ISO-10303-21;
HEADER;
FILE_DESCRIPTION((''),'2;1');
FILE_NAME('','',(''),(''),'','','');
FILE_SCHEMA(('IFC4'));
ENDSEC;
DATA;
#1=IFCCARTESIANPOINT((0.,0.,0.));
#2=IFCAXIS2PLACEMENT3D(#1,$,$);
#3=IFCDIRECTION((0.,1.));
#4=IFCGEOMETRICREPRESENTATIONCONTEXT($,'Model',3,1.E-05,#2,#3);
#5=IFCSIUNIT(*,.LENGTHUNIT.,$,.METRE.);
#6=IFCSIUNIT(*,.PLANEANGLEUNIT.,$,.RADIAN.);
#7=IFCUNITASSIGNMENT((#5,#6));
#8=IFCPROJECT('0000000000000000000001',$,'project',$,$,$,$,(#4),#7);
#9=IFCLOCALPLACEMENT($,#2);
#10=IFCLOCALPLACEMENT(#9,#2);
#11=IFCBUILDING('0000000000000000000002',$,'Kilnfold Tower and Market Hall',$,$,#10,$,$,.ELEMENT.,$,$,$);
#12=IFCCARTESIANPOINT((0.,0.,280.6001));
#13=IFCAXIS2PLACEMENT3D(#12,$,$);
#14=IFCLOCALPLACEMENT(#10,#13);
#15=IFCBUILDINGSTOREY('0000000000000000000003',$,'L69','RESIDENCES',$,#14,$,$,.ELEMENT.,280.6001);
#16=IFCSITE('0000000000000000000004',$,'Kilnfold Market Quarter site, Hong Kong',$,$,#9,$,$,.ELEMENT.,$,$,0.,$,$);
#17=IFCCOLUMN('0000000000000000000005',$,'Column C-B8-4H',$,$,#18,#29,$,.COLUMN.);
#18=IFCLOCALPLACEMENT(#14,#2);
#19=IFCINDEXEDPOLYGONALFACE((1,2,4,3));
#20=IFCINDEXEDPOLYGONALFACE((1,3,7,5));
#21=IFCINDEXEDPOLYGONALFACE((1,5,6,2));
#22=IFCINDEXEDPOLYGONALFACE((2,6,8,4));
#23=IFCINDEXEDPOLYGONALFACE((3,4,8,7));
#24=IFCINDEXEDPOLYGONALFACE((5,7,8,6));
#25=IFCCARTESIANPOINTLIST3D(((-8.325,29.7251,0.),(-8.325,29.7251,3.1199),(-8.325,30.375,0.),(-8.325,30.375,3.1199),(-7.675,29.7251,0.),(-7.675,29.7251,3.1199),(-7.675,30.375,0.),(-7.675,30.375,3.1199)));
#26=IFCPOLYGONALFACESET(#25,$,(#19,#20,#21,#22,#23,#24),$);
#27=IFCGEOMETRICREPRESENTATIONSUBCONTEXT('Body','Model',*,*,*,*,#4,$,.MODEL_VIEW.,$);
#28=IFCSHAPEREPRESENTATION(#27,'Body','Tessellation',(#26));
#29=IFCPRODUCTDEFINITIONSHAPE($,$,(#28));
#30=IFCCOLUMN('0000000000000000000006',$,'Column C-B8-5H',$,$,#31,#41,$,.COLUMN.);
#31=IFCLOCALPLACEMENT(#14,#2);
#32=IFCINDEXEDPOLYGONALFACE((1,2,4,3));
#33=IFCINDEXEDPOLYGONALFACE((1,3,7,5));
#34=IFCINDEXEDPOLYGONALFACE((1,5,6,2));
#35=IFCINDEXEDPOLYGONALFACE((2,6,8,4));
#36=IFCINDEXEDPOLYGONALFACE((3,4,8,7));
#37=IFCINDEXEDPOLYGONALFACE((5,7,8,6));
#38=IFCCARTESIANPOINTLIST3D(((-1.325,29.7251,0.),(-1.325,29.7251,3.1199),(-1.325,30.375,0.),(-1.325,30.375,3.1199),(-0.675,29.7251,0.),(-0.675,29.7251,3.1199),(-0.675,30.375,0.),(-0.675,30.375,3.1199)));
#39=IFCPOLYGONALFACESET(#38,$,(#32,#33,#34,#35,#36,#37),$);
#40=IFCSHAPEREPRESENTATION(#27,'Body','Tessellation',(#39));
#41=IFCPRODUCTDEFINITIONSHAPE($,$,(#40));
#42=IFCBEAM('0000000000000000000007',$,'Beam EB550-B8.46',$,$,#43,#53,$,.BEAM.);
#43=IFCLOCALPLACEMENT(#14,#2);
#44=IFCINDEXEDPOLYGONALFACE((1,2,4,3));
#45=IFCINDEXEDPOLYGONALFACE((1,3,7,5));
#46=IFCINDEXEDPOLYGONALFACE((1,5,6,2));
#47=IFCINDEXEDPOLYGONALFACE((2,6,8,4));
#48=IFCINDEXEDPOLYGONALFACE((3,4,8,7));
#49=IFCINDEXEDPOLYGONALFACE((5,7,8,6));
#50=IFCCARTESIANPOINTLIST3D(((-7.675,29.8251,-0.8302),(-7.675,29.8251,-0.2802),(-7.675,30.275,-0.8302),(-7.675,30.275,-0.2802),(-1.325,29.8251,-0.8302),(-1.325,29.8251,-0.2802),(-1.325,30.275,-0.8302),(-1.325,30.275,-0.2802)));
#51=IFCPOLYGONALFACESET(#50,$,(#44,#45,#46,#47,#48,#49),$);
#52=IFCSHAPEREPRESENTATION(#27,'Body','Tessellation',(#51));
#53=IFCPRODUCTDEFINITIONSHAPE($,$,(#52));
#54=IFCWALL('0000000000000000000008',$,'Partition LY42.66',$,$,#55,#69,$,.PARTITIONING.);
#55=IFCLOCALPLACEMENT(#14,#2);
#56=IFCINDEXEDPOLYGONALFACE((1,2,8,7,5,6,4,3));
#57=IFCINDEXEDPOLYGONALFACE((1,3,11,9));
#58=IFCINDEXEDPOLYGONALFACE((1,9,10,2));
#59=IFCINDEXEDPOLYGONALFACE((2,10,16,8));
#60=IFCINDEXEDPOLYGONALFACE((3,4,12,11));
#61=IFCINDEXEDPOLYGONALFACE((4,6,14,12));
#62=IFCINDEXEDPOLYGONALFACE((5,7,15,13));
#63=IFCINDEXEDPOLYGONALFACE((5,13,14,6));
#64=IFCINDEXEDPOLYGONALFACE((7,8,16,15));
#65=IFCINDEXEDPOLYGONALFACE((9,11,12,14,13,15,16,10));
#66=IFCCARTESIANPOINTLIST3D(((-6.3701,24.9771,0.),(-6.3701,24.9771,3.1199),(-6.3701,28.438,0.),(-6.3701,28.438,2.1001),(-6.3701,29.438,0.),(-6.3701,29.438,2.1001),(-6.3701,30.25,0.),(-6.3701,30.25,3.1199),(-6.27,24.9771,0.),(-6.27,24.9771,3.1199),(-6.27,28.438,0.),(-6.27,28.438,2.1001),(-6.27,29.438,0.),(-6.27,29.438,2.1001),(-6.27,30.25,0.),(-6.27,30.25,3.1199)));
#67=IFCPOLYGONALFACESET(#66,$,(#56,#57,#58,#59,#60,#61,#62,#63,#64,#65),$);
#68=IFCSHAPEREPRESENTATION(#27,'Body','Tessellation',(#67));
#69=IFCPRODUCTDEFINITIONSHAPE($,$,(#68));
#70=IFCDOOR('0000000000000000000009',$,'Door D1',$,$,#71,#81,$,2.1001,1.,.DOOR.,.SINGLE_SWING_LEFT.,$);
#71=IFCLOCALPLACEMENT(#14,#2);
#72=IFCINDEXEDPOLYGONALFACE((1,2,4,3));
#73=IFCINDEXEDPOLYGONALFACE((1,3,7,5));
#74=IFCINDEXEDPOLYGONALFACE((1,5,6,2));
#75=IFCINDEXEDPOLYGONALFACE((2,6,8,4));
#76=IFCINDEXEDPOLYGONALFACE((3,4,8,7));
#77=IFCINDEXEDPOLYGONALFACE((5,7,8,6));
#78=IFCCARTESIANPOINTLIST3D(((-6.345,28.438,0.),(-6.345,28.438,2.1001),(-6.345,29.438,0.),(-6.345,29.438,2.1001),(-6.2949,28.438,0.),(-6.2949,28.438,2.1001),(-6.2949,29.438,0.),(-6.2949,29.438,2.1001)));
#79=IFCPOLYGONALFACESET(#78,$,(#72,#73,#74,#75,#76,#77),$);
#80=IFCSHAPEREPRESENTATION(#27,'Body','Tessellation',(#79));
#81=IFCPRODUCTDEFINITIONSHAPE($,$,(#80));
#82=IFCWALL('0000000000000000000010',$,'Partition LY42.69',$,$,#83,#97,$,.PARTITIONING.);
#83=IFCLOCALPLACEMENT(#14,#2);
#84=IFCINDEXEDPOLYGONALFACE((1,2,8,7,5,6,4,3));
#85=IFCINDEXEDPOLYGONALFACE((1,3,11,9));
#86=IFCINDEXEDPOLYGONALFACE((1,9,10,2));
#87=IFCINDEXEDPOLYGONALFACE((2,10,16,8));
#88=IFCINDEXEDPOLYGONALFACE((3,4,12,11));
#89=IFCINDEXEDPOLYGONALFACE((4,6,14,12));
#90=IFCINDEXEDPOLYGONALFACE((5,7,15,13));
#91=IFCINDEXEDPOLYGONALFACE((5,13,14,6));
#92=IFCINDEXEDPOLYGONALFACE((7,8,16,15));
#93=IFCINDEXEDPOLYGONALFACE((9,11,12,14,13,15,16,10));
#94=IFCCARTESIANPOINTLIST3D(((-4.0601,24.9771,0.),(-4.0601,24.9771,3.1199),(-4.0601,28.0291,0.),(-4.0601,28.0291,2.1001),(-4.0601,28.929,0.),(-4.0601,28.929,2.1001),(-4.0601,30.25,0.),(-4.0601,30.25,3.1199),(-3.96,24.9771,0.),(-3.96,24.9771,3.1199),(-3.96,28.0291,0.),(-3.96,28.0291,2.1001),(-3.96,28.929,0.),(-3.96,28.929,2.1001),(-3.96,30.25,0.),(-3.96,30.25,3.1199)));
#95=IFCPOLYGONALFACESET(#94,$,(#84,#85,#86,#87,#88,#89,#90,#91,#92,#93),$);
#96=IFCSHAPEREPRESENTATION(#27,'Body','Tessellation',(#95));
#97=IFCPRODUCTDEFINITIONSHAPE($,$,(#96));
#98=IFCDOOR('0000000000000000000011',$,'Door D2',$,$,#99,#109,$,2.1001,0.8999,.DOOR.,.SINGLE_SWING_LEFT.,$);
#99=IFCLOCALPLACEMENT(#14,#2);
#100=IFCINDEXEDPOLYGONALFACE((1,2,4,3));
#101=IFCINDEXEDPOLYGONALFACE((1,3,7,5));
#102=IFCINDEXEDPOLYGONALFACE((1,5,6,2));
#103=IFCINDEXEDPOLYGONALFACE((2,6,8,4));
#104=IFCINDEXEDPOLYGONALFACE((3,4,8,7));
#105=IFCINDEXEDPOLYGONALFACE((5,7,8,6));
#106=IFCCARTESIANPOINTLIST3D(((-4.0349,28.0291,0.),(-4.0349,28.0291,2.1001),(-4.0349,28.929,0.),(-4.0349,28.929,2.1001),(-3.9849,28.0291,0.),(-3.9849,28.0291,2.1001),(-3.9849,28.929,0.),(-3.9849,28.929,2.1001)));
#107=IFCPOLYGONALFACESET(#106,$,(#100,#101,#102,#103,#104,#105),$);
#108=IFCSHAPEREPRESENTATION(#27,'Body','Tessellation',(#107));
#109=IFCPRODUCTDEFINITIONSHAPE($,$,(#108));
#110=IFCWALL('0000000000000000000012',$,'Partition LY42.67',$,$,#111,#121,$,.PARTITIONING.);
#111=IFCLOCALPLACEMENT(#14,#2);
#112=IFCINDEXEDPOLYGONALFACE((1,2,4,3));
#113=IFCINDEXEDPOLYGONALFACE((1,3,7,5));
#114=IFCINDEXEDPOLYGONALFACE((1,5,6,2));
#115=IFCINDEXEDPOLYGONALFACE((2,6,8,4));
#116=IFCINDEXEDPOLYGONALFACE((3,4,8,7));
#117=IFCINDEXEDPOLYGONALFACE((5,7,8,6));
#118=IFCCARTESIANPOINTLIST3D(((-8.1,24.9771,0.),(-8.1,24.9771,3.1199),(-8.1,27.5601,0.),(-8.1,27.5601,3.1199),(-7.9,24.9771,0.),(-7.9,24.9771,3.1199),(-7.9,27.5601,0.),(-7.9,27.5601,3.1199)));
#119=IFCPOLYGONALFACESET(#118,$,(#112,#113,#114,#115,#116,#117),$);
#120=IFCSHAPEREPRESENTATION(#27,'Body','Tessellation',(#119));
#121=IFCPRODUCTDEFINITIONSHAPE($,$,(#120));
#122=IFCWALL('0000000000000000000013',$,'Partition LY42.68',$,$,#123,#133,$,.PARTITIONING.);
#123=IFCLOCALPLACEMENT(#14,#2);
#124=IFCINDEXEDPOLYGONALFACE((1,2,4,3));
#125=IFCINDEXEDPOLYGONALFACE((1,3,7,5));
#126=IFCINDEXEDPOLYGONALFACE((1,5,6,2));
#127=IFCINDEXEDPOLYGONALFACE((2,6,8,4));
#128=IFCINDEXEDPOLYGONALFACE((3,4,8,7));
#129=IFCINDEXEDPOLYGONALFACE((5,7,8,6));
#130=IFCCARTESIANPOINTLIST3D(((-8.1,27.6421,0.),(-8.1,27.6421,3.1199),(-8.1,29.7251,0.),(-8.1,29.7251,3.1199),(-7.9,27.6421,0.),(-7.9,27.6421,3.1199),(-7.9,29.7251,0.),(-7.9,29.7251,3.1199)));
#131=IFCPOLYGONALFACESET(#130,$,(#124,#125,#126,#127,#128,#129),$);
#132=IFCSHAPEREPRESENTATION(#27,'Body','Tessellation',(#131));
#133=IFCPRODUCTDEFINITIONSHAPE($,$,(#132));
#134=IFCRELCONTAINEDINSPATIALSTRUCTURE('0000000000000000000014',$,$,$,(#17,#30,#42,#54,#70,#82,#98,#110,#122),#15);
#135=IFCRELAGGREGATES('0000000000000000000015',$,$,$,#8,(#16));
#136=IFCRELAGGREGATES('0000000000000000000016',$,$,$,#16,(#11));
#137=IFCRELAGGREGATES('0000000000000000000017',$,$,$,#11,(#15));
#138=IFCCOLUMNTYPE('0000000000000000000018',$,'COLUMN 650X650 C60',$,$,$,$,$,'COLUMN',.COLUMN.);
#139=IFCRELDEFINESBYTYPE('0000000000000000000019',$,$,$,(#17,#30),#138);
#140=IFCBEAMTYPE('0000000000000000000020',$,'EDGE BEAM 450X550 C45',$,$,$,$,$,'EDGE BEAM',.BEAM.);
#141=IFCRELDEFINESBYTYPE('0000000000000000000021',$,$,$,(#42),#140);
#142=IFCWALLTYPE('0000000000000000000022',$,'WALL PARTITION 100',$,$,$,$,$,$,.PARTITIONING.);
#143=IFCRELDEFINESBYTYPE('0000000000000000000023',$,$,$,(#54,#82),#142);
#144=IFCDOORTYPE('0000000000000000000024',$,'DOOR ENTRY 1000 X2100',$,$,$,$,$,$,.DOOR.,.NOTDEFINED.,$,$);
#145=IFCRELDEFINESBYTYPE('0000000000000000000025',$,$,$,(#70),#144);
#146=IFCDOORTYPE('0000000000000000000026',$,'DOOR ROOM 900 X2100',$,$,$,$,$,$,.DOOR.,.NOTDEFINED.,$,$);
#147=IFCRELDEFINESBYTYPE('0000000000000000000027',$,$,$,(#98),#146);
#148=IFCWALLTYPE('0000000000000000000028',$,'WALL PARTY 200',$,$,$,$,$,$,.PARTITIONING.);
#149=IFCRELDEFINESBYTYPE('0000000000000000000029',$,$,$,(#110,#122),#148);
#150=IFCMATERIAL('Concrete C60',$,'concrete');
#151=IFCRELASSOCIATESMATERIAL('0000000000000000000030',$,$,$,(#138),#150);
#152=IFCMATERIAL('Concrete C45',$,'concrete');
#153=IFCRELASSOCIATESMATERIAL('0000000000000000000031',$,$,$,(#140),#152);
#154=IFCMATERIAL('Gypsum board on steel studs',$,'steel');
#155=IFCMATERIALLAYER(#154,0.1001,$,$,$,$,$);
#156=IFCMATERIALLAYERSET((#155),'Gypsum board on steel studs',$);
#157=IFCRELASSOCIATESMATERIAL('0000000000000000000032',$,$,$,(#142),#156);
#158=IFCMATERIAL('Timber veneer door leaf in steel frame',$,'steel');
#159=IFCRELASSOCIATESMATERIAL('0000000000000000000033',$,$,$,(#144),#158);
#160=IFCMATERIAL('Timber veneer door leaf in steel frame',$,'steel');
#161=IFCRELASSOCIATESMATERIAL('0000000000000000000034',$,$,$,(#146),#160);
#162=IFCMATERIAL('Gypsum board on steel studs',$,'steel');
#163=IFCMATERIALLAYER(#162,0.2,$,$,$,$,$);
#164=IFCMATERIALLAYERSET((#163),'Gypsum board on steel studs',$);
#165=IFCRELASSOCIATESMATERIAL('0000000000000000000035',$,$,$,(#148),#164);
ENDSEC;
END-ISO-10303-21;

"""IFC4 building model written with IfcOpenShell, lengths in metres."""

from ifc_helpers import new_model, si_unit, direction, frame, frame_2d, origin, origin_2d, place, context, subcontext, project, spatial, rectangle, extrude, source, transform, mapped, material, layer, layer_set, material_profile, profile_set, type_object, element, fill, save


model = new_model("IFC4")

# Units and contexts
model_context = context("Model", 3, precision=1e-05, world=origin(), true_north=direction((0.0, 1.0)))
body_context = subcontext(model_context, "Body", "Model", "MODEL_VIEW")
ifc_project = project(units=[si_unit("LENGTHUNIT", "METRE"), si_unit("PLANEANGLEUNIT", "RADIAN")], contexts=[model_context])

# Site, building, storey
site_placement = place(None, origin())
site = spatial("IfcSite", under=ifc_project, at=site_placement, Name="Kilnfold Market Quarter site, Hong Kong", CompositionType="ELEMENT", RefElevation=0.0)
building_placement = place(site_placement, origin())
building = spatial("IfcBuilding", under=site, at=building_placement, Name="Kilnfold Tower and Market Hall", CompositionType="ELEMENT")
storey_placement = place(building_placement, frame((0.0, 0.0, 280.6001)))
storey = spatial("IfcBuildingStorey", under=building, at=storey_placement, Name="L69", Description="RESIDENCES", CompositionType="ELEMENT", Elevation=280.6001)

# Columns
ifc_material_1 = material(Name="Concrete C60", Category="concrete")
ifc_material_profile_1 = material_profile(ifc_material_1, rectangle(XDim=0.6499, YDim=0.6499, at=origin_2d()), Name="RC 650x650")
ifc_profile_set_1 = profile_set([ifc_material_profile_1], Name="Concrete C60")
column_type = type_object("IfcColumnType", Name="COLUMN 650X650 C60", ElementType="COLUMN", PredefinedType="COLUMN", material=ifc_profile_set_1)
shared_shape_1 = source(origin(), body_context, "Body", "SweptSolid", [
    extrude(rectangle(XDim=0.6499, YDim=0.6499, at=origin_2d()), origin(), (0.0, 0.0, 1.0), 3.1199),
])
for number, where, z_axis, x_axis, name in (
    (1, (-8.0, 30.05, 0.0), (0.0, 0.0, 1.0), (1.0, 0.0, 0.0), "Column C-B8-4H"),
    (2, (-1.0, 30.05, 0.0), (0.0, 0.0, 1.0), (1.0, 0.0, 0.0), "Column C-B8-5H"),
):
    element("IfcColumn", number, at=place(storey_placement, frame(where, z_axis=z_axis, x_axis=x_axis)), inside=storey, type_object=column_type, Name=name, PredefinedType="COLUMN", context=body_context, shape_type="MappedRepresentation", body=[
        mapped(shared_shape_1, transform((0.0, 0.0, 0.0))),
    ])

# Beam
ifc_material_2 = material(Name="Concrete C45", Category="concrete")
ifc_material_profile_2 = material_profile(ifc_material_2, rectangle(XDim=0.45, YDim=0.55, at=origin_2d()), Name="RC 450x550")
ifc_profile_set_2 = profile_set([ifc_material_profile_2], Name="Concrete C45")
beam_type = type_object("IfcBeamType", Name="EDGE BEAM 450X550 C45", ElementType="EDGE BEAM", PredefinedType="BEAM", material=ifc_profile_set_2)
shared_shape_2 = source(origin(), body_context, "Body", "SweptSolid", [
    extrude(rectangle(XDim=0.45, YDim=0.55, at=origin_2d()), origin(), (0.0, 0.0, 1.0), 6.3501),
])
beam_placement = place(storey_placement, frame((-7.675, 30.05, -0.5552), z_axis=(1.0, 0.0, 0.0), x_axis=(0.0, 1.0, 0.0)))
element("IfcBeam", 3, at=beam_placement, inside=storey, type_object=beam_type, Name="Beam EB550-B8.46", PredefinedType="BEAM", context=body_context, shape_type="MappedRepresentation", body=[
    mapped(shared_shape_2, transform((0.0, 0.0, 0.0))),
])

# Walls, openings, doors
ifc_material_3 = material(Name="Gypsum board on steel studs", Category="steel")
ifc_layer_1 = layer(ifc_material_3, 0.1001)
ifc_layer_set_1 = layer_set([ifc_layer_1], Name="Gypsum board on steel studs")
wall_type_1 = type_object("IfcWallType", Name="WALL PARTITION 100", PredefinedType="PARTITIONING", material=ifc_layer_set_1)
wall_1_placement = place(storey_placement, frame((-6.3201, 24.9771, 0.0), z_axis=(0.0, 0.0, 1.0), x_axis=(0.0, 1.0, 0.0)))
wall_1 = element("IfcWall", 4, at=wall_1_placement, inside=storey, type_object=wall_type_1, Name="Partition LY42.66", PredefinedType="PARTITIONING", context=body_context, shape_type="SweptSolid", body=[
    extrude(rectangle(XDim=5.2729, YDim=0.1001, at=frame_2d((2.6365, 0.0))), origin(), (0.0, 0.0, 1.0), 3.1199),
])
opening_1_placement = place(wall_1_placement, frame((3.4609, 0.0, 0.0)))
opening_1 = element("IfcOpeningElement", 5, at=opening_1_placement, cuts=wall_1, PredefinedType="OPENING", context=body_context, shape_type="SweptSolid", body=[
    extrude(rectangle(XDim=1.0, YDim=2.1001, at=frame_2d((0.5, 1.05))), frame((0.0, 0.0601, 0.0), z_axis=(0.0, -1.0, 0.0), x_axis=(1.0, 0.0, 0.0)), (0.0, 0.0, 1.0), 0.1201),
])
ifc_material_4 = material(Name="Timber veneer door leaf in steel frame", Category="steel")
door_type_1 = type_object("IfcDoorType", Name="DOOR ENTRY 1000 X2100", OperationType="NOTDEFINED", PredefinedType="DOOR", material=ifc_material_4)
door_1_placement = place(opening_1_placement, origin())
door_1 = element("IfcDoor", 6, at=door_1_placement, inside=storey, type_object=door_type_1, Name="Door D1", OperationType="SINGLE_SWING_LEFT", OverallHeight=2.1001, OverallWidth=1.0, PredefinedType="DOOR", context=body_context, shape_type="SweptSolid", body=[
    extrude(rectangle(XDim=1.0, YDim=2.1001, at=frame_2d((0.5, 1.05))), frame((0.0, 0.0249, 0.0), z_axis=(0.0, -1.0, 0.0), x_axis=(1.0, 0.0, 0.0)), (0.0, 0.0, 1.0), 0.05),
])
fill(opening_1, door_1)
wall_2_placement = place(storey_placement, frame((-4.01, 24.9771, 0.0), z_axis=(0.0, 0.0, 1.0), x_axis=(0.0, 1.0, 0.0)))
wall_2 = element("IfcWall", 7, at=wall_2_placement, inside=storey, type_object=wall_type_1, Name="Partition LY42.69", PredefinedType="PARTITIONING", context=body_context, shape_type="SweptSolid", body=[
    extrude(rectangle(XDim=5.2729, YDim=0.1001, at=frame_2d((2.6365, 0.0))), origin(), (0.0, 0.0, 1.0), 3.1199),
])
opening_2_placement = place(wall_2_placement, frame((3.052, 0.0, 0.0)))
opening_2 = element("IfcOpeningElement", 8, at=opening_2_placement, cuts=wall_2, PredefinedType="OPENING", context=body_context, shape_type="SweptSolid", body=[
    extrude(rectangle(XDim=0.8999, YDim=2.1001, at=frame_2d((0.45, 1.05))), frame((0.0, 0.0601, 0.0), z_axis=(0.0, -1.0, 0.0), x_axis=(1.0, 0.0, 0.0)), (0.0, 0.0, 1.0), 0.1201),
])
ifc_material_5 = material(Name="Timber veneer door leaf in steel frame", Category="steel")
door_type_2 = type_object("IfcDoorType", Name="DOOR ROOM 900 X2100", OperationType="NOTDEFINED", PredefinedType="DOOR", material=ifc_material_5)
door_2_placement = place(opening_2_placement, origin())
door_2 = element("IfcDoor", 9, at=door_2_placement, inside=storey, type_object=door_type_2, Name="Door D2", OperationType="SINGLE_SWING_LEFT", OverallHeight=2.1001, OverallWidth=0.8999, PredefinedType="DOOR", context=body_context, shape_type="SweptSolid", body=[
    extrude(rectangle(XDim=0.8999, YDim=2.1001, at=frame_2d((0.45, 1.05))), frame((0.0, 0.0249, 0.0), z_axis=(0.0, -1.0, 0.0), x_axis=(1.0, 0.0, 0.0)), (0.0, 0.0, 1.0), 0.05),
])
fill(opening_2, door_2)

# Walls
ifc_material_6 = material(Name="Gypsum board on steel studs", Category="steel")
ifc_layer_2 = layer(ifc_material_6, 0.2)
ifc_layer_set_2 = layer_set([ifc_layer_2], Name="Gypsum board on steel studs")
wall_type_2 = type_object("IfcWallType", Name="WALL PARTY 200", PredefinedType="PARTITIONING", material=ifc_layer_set_2)
wall_3_placement = place(storey_placement, frame((-8.0, 24.9771, 0.0), z_axis=(0.0, 0.0, 1.0), x_axis=(0.0, 1.0, 0.0)))
element("IfcWall", 10, at=wall_3_placement, inside=storey, type_object=wall_type_2, Name="Partition LY42.67", PredefinedType="PARTITIONING", context=body_context, shape_type="SweptSolid", body=[
    extrude(rectangle(XDim=2.583, YDim=0.2, at=frame_2d((1.2915, 0.0))), origin(), (0.0, 0.0, 1.0), 3.1199),
])
wall_4_placement = place(storey_placement, frame((-8.0, 27.6421, 0.0), z_axis=(0.0, 0.0, 1.0), x_axis=(0.0, 1.0, 0.0)))
element("IfcWall", 11, at=wall_4_placement, inside=storey, type_object=wall_type_2, Name="Partition LY42.68", PredefinedType="PARTITIONING", context=body_context, shape_type="SweptSolid", body=[
    extrude(rectangle(XDim=2.083, YDim=0.2, at=frame_2d((1.0415, 0.0))), origin(), (0.0, 0.0, 1.0), 3.1199),
])

save(model, "model.ifc")
